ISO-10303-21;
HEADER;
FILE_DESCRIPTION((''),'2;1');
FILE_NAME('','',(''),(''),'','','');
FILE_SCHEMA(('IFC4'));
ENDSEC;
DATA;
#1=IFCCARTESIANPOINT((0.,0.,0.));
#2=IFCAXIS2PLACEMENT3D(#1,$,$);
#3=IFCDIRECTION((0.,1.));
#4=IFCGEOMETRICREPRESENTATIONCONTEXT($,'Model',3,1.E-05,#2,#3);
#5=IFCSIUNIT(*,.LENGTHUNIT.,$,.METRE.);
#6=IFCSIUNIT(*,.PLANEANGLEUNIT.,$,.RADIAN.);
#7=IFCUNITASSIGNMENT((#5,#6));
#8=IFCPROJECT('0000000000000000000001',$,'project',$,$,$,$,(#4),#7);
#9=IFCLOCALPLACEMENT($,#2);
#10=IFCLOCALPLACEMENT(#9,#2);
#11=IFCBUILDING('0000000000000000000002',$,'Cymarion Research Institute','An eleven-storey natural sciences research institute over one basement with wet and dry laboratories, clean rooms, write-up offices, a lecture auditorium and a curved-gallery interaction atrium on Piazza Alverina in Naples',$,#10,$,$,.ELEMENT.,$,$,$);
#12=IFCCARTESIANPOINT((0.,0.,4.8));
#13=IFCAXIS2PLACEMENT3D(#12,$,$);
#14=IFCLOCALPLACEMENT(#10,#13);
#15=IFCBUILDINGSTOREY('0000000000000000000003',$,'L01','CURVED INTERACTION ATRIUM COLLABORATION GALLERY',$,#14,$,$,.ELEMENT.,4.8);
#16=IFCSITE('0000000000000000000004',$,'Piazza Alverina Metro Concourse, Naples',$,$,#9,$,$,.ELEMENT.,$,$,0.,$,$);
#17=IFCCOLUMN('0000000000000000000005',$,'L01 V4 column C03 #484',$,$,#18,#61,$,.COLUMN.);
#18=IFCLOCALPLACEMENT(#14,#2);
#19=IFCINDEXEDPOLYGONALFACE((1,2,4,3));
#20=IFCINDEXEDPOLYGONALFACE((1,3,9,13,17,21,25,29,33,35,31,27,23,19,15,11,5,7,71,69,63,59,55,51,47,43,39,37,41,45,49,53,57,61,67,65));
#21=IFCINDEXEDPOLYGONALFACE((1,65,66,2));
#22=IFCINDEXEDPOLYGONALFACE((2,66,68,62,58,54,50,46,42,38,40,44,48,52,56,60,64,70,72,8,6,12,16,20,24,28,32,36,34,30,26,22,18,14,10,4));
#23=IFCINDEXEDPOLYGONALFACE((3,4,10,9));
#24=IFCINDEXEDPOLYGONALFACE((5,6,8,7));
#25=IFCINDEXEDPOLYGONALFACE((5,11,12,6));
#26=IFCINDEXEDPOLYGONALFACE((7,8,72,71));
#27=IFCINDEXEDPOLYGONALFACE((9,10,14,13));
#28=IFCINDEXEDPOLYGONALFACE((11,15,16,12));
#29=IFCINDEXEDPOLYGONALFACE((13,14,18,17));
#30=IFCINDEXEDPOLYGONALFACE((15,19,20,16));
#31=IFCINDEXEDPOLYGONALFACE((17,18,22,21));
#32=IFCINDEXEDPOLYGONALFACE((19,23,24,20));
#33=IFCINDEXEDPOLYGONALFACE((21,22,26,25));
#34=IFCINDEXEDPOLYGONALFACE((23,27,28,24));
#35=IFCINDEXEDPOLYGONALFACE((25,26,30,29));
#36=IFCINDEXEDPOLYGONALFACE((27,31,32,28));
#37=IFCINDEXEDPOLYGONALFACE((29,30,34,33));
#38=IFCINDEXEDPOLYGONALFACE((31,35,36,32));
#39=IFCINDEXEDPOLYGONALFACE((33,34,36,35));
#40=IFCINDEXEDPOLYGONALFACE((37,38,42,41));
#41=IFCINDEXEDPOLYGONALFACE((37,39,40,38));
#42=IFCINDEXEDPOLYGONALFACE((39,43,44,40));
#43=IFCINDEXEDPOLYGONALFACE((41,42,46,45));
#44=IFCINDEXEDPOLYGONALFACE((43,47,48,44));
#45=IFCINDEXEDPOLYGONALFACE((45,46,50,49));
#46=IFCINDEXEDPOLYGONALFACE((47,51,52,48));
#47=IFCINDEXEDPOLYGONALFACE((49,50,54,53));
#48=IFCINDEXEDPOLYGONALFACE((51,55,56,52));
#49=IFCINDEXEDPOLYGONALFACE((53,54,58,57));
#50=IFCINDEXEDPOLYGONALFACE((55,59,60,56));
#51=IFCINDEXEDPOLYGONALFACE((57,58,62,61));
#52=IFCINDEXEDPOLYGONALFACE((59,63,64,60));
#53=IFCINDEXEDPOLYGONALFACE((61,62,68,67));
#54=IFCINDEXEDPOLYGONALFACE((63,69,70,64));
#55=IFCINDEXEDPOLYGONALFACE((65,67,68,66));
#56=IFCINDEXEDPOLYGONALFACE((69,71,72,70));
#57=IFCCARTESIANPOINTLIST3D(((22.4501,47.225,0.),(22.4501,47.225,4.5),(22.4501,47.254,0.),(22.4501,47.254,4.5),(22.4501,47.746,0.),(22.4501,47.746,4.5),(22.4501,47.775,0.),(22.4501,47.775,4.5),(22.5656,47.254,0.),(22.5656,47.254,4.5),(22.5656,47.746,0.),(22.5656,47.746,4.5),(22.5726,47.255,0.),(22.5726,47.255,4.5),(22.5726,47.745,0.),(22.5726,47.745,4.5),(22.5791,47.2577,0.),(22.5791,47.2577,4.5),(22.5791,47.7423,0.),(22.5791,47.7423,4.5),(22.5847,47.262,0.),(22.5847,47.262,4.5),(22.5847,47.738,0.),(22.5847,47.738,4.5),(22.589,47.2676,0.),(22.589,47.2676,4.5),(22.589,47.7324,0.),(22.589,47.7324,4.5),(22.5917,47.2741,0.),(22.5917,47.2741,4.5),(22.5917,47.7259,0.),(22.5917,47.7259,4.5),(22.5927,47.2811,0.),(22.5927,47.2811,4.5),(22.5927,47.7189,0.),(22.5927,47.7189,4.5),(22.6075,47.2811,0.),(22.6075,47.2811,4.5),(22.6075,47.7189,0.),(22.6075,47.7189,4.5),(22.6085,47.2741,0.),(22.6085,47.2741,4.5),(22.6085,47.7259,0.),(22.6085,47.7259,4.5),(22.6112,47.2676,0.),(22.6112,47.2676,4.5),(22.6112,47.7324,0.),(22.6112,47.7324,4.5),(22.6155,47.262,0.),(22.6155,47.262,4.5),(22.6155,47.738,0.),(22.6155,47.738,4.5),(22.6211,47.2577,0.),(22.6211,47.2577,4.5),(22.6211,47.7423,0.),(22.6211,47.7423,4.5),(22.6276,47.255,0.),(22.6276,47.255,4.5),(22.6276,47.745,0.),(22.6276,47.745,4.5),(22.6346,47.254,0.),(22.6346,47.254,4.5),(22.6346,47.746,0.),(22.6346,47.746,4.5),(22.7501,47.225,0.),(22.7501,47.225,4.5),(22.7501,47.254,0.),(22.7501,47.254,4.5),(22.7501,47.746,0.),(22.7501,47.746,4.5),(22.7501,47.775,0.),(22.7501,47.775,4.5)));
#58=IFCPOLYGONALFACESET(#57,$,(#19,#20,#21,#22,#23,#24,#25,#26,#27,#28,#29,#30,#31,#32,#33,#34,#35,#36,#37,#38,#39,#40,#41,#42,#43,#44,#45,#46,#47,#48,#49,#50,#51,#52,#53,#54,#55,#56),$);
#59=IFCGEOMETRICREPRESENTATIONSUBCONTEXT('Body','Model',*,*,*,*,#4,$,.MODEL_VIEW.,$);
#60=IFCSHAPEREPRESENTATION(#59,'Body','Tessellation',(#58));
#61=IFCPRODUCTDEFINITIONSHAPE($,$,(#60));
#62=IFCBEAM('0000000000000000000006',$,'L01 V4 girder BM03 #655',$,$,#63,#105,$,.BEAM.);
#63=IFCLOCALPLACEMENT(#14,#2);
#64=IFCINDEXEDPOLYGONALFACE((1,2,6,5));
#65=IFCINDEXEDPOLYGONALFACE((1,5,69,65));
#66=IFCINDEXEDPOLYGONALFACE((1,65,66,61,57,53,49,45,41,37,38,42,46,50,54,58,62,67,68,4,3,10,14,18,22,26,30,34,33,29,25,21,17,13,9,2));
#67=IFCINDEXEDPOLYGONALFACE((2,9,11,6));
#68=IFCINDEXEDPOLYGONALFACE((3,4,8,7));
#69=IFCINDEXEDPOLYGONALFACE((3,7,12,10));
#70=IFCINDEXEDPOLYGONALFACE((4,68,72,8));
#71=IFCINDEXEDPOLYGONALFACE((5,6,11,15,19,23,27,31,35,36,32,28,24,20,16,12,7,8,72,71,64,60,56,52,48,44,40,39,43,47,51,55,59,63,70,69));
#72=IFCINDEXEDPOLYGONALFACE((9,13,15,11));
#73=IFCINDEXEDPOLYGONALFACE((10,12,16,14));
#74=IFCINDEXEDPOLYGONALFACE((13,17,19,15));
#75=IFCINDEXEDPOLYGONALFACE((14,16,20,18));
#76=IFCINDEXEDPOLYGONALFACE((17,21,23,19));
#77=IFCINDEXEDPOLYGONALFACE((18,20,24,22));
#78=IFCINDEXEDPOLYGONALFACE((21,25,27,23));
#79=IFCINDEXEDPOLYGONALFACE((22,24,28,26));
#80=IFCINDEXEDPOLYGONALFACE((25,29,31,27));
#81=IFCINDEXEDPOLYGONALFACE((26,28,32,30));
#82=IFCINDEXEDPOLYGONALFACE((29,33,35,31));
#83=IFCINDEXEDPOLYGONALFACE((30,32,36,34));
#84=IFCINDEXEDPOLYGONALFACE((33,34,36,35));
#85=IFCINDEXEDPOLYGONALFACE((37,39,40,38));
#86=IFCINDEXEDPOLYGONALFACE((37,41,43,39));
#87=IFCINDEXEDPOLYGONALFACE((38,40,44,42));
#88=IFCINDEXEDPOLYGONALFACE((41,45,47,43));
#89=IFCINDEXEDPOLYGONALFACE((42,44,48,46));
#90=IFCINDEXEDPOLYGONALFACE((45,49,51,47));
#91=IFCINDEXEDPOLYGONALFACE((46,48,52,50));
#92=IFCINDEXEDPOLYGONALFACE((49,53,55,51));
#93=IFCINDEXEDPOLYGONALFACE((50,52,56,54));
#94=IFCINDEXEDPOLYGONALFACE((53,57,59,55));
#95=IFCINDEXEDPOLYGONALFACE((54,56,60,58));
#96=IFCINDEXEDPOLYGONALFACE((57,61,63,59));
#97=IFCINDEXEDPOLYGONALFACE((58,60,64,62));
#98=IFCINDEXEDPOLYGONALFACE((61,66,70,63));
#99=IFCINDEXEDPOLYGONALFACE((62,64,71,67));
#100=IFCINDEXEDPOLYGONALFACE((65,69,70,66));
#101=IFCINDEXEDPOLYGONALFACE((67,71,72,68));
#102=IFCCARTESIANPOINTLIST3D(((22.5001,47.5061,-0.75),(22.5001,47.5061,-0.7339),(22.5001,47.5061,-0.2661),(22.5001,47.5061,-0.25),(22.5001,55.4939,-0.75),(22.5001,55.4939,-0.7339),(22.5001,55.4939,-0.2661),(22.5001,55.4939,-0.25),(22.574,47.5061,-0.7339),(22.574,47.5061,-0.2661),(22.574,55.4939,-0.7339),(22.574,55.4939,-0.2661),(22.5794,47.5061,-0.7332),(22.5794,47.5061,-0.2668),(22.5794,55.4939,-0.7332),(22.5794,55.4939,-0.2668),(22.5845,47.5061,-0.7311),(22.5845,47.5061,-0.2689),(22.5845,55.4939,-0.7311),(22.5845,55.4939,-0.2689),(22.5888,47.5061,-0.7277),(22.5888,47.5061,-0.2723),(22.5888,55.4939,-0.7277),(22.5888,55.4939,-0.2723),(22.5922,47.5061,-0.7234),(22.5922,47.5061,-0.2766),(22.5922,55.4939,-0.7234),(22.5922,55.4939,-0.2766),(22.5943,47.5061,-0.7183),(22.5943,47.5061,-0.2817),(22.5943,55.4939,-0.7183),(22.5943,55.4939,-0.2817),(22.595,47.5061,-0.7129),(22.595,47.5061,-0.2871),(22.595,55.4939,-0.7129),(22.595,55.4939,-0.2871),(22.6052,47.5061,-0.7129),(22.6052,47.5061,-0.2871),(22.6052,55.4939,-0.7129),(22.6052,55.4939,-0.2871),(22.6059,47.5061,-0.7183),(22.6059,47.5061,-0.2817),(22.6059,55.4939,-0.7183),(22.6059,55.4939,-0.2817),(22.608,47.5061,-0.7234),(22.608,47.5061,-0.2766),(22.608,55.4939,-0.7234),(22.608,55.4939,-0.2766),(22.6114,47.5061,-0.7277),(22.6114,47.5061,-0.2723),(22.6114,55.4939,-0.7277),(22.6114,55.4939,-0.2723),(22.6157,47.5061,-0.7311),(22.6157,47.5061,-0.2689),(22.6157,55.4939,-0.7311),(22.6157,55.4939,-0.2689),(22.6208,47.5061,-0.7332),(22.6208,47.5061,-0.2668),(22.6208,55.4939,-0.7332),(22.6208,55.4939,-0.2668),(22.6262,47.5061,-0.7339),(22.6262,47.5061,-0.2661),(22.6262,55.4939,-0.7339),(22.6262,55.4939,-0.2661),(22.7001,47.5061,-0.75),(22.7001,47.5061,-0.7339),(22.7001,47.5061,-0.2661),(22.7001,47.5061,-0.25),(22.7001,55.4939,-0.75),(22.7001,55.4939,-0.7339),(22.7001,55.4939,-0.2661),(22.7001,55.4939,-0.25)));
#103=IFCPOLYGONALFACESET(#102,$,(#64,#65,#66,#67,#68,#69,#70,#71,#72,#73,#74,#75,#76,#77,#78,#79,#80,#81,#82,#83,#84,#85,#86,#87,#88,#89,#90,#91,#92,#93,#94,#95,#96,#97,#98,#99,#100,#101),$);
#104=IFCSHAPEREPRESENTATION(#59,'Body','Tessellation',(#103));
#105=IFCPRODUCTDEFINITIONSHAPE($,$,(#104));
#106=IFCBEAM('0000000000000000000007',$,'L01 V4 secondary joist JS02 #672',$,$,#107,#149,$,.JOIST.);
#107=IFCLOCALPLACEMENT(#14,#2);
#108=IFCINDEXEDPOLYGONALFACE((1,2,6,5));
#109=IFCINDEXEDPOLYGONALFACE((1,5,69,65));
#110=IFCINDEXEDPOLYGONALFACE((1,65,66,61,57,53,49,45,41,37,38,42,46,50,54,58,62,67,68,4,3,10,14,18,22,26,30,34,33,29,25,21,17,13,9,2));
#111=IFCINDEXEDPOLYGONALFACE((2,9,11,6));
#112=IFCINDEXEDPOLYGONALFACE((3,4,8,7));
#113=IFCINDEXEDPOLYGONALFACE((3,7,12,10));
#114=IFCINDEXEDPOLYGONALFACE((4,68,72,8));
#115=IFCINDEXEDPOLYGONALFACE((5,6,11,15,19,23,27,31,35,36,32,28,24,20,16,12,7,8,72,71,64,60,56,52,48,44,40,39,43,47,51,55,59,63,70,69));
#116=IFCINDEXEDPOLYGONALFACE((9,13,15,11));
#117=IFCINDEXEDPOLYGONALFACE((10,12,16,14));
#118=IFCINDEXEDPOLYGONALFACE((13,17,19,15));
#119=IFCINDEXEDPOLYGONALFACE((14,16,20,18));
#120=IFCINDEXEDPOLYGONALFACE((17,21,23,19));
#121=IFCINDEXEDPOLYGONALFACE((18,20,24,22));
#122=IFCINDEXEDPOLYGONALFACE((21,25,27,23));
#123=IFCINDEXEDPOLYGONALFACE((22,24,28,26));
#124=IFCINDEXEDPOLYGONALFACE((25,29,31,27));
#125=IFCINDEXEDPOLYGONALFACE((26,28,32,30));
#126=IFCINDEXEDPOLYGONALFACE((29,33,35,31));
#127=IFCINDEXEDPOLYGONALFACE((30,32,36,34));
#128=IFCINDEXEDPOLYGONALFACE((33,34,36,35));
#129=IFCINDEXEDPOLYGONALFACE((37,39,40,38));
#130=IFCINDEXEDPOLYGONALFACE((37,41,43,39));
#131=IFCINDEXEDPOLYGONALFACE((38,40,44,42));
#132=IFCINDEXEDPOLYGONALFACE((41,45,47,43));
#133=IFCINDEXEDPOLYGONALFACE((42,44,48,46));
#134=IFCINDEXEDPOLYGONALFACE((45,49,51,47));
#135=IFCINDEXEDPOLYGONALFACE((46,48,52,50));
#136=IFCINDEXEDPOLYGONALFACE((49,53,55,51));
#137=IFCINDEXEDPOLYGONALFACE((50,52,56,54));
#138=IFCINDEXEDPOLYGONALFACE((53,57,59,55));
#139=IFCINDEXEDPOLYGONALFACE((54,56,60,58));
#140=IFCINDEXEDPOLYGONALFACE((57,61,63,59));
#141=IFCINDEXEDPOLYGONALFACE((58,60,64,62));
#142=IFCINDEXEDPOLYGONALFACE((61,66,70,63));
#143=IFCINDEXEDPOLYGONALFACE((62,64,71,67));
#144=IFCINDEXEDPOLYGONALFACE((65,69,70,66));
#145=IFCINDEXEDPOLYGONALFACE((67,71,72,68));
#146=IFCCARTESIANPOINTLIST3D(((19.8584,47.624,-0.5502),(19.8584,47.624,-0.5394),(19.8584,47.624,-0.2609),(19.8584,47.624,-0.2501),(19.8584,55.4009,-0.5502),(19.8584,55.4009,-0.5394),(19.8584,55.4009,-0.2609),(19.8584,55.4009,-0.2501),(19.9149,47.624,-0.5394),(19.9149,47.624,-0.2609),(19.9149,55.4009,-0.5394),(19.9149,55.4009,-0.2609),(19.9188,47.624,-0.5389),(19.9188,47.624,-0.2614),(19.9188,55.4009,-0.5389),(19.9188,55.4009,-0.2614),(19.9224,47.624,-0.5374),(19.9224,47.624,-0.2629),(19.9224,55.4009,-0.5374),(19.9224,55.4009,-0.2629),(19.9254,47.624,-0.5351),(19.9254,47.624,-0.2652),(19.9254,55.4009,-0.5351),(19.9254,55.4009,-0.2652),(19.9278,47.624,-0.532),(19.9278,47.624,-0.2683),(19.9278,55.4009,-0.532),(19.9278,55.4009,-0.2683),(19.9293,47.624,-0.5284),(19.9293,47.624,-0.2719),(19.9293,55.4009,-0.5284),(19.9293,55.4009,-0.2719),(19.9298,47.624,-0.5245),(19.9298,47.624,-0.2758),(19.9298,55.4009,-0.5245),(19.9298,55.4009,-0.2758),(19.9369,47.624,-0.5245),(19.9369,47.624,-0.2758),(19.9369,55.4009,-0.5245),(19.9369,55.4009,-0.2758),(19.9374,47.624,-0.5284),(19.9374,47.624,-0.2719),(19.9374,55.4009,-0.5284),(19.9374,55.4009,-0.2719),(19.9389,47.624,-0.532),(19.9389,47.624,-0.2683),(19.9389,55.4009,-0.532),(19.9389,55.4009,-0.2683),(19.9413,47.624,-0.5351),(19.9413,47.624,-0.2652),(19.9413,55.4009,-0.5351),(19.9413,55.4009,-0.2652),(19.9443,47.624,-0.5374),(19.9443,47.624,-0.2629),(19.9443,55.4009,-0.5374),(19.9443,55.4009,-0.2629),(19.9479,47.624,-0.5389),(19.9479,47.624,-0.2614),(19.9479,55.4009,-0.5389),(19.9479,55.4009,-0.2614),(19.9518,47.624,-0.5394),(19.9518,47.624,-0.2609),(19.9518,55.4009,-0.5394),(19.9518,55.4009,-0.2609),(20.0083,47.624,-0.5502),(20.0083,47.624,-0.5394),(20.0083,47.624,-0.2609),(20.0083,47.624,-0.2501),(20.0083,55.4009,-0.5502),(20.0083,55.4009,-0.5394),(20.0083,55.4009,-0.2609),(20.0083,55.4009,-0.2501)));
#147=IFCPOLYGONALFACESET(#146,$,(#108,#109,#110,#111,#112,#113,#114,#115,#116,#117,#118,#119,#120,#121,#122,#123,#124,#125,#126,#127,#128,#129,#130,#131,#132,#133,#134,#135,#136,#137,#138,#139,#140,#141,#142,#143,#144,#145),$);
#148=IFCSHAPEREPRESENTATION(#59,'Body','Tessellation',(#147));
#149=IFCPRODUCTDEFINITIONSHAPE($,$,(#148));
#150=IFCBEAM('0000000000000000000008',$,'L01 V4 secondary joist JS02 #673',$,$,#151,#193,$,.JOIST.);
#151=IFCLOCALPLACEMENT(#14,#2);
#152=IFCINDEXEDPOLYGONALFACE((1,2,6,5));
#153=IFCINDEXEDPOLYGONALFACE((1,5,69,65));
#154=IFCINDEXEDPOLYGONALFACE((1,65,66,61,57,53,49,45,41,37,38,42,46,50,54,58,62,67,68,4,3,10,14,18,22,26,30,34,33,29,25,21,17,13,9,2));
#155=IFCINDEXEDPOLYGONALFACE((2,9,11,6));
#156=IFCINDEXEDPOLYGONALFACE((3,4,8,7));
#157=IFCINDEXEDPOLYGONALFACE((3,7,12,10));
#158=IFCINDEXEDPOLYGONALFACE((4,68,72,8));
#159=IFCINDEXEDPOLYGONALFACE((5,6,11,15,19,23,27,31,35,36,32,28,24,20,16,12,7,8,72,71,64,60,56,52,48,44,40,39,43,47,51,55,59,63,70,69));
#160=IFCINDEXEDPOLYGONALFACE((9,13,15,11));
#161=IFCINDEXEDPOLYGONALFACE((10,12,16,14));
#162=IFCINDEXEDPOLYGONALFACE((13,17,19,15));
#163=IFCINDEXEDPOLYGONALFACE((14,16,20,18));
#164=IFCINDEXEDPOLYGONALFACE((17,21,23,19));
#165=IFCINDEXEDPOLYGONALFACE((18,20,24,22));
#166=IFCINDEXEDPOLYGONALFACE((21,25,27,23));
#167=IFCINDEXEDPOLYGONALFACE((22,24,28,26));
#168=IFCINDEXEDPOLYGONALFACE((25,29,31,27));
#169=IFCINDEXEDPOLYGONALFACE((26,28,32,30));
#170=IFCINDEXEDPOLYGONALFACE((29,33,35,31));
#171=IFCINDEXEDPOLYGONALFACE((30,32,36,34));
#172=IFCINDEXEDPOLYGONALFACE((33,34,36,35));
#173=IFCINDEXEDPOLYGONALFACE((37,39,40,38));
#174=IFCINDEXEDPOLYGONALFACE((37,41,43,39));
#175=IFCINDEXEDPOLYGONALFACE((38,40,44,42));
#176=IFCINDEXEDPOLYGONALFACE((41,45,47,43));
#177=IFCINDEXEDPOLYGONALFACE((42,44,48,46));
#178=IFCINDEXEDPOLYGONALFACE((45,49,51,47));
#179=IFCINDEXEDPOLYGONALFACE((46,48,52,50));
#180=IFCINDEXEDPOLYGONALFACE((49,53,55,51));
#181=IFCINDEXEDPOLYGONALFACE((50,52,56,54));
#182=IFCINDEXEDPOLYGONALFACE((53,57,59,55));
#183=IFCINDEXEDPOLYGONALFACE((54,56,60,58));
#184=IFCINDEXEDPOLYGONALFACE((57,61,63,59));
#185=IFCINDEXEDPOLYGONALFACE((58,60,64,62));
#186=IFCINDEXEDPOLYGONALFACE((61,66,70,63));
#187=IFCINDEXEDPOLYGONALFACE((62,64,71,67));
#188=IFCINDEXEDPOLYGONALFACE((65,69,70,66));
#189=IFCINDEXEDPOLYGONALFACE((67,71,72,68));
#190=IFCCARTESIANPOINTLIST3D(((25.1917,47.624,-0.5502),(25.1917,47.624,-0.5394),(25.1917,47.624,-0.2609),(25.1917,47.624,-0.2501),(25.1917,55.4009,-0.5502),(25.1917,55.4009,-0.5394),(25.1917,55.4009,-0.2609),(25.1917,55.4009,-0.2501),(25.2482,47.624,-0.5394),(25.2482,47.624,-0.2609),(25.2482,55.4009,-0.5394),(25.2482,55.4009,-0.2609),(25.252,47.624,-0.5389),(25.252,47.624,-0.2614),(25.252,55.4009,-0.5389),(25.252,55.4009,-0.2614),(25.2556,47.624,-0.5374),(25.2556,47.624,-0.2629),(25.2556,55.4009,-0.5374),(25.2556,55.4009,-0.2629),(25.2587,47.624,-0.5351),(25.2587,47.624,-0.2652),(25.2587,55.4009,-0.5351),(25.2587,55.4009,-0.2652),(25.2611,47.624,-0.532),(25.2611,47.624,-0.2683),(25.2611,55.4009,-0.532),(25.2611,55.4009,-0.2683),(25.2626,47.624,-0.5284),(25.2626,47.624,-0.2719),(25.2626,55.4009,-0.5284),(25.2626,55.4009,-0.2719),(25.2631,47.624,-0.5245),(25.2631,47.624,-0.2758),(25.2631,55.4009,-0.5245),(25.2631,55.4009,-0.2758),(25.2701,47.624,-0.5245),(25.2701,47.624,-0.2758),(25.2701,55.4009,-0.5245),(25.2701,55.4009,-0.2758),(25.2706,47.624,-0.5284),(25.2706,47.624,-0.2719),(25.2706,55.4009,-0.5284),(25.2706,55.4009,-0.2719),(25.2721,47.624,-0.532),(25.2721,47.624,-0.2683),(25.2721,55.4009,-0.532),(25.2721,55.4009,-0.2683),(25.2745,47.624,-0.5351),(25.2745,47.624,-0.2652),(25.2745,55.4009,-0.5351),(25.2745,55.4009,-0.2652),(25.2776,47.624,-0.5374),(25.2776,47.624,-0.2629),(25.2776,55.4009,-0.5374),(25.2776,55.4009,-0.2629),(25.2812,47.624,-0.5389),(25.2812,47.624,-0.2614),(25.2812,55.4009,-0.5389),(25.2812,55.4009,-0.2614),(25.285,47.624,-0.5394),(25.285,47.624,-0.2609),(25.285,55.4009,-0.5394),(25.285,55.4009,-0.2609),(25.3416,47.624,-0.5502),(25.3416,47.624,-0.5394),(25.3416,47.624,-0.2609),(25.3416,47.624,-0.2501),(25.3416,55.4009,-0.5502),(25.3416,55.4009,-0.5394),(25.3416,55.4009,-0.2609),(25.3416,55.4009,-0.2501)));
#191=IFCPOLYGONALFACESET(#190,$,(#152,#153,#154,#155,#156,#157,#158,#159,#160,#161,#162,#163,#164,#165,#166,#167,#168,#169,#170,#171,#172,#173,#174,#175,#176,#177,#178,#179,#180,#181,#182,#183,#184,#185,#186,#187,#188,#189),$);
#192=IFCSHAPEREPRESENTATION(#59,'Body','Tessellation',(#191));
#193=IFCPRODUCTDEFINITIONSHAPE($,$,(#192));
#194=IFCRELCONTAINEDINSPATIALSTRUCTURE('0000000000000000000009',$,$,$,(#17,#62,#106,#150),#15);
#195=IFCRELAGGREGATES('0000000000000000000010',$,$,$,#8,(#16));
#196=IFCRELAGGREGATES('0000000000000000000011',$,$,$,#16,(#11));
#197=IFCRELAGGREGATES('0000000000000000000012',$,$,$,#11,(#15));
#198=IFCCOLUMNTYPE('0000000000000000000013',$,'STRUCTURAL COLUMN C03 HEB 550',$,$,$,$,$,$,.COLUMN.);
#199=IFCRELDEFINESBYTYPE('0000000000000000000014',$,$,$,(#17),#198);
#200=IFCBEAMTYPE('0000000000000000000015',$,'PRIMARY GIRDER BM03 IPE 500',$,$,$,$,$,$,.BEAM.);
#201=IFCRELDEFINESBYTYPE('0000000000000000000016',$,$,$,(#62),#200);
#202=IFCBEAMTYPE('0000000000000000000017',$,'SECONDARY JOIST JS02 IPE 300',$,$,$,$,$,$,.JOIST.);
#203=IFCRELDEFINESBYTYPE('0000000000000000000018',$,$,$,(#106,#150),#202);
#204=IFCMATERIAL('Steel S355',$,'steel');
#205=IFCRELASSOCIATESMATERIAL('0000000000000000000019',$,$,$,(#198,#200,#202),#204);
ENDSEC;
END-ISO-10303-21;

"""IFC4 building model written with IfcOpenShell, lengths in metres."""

from ifc_helpers import new_model, si_unit, direction, frame, origin, origin_2d, place, context, subcontext, project, spatial, i_section, extrude, material, material_profile, profile_set, type_object, element, save


model = new_model("IFC4")

# Units and contexts
model_context = context("Model", 3, precision=1e-05, world=origin(), true_north=direction((0.0, 1.0)))
body_context = subcontext(model_context, "Body", "Model", "MODEL_VIEW")
ifc_project = project(units=[si_unit("LENGTHUNIT", "METRE"), si_unit("PLANEANGLEUNIT", "RADIAN")], contexts=[model_context])

# Site, building, storey
site_placement = place(None, origin())
site = spatial("IfcSite", under=ifc_project, at=site_placement, Name="Piazza Alverina Metro Concourse, Naples", CompositionType="ELEMENT", RefElevation=0.0)
building_placement = place(site_placement, origin())
building = spatial("IfcBuilding", under=site, at=building_placement, Name="Cymarion Research Institute", Description="An eleven-storey natural sciences research institute over one basement with wet and dry laboratories, clean rooms, write-up offices, a lecture auditorium and a curved-gallery interaction atrium on Piazza Alverina in Naples", CompositionType="ELEMENT")
storey_placement = place(building_placement, frame((0.0, 0.0, 4.8)))
storey = spatial("IfcBuildingStorey", under=building, at=storey_placement, Name="L01", Description="CURVED INTERACTION ATRIUM COLLABORATION GALLERY", CompositionType="ELEMENT", Elevation=4.8)

# Column
ifc_material_1 = material(Name="Steel S355", Category="steel")
ifc_material_profile_1 = material_profile(ifc_material_1, i_section(OverallWidth=0.3, OverallDepth=0.55, WebThickness=0.0149, FlangeThickness=0.0291, FilletRadius=0.0271, at=origin_2d()), Name="HEB 550")
ifc_profile_set_1 = profile_set([ifc_material_profile_1], Name="Steel S355")
column_type = type_object("IfcColumnType", Name="STRUCTURAL COLUMN C03 HEB 550", PredefinedType="COLUMN", material=ifc_profile_set_1)
column_placement = place(storey_placement, frame((22.6001, 47.5, 0.0), z_axis=(0.0, 0.0, 1.0), x_axis=(1.0, 0.0, 0.0)))
element("IfcColumn", 1, at=column_placement, inside=storey, type_object=column_type, Name="L01 V4 column C03 #484", PredefinedType="COLUMN", context=body_context, shape_type="SweptSolid", body=[
    extrude(i_section(OverallWidth=0.3, OverallDepth=0.55, WebThickness=0.0149, FlangeThickness=0.0291, FilletRadius=0.0271, at=origin_2d()), origin(), (0.0, 0.0, 1.0), 4.5),
])

# Beams
ifc_material_profile_2 = material_profile(ifc_material_1, i_section(OverallWidth=0.2, OverallDepth=0.5, WebThickness=0.0103, FlangeThickness=0.0161, FilletRadius=0.021, at=origin_2d()), Name="IPE 500")
ifc_profile_set_2 = profile_set([ifc_material_profile_2], Name="Steel S355")
beam_type_1 = type_object("IfcBeamType", Name="PRIMARY GIRDER BM03 IPE 500", PredefinedType="BEAM", material=ifc_profile_set_2)
beam_1_placement = place(storey_placement, frame((22.6001, 47.5061, -0.5), z_axis=(0.0, 1.0, 0.0), x_axis=(-1.0, 0.0, 0.0)))
element("IfcBeam", 2, at=beam_1_placement, inside=storey, type_object=beam_type_1, Name="L01 V4 girder BM03 #655", PredefinedType="BEAM", context=body_context, shape_type="SweptSolid", body=[
    extrude(i_section(OverallWidth=0.2, OverallDepth=0.5, WebThickness=0.0103, FlangeThickness=0.0161, FilletRadius=0.021, at=origin_2d()), origin(), (0.0, 0.0, 1.0), 7.9878),
])
ifc_material_profile_3 = material_profile(ifc_material_1, i_section(OverallWidth=0.1499, OverallDepth=0.3, WebThickness=0.0071, FlangeThickness=0.0107, FilletRadius=0.0149, at=origin_2d()), Name="IPE 300")
ifc_profile_set_3 = profile_set([ifc_material_profile_3], Name="Steel S355")
beam_type_2 = type_object("IfcBeamType", Name="SECONDARY JOIST JS02 IPE 300", PredefinedType="JOIST", material=ifc_profile_set_3)
for number, where, z_axis, x_axis, name in (
    (3, (19.9333, 47.624, -0.4001), (0.0, 1.0, 0.0), (-1.0, 0.0, 0.0), "L01 V4 secondary joist JS02 #672"),
    (4, (25.2666, 47.624, -0.4001), (0.0, 1.0, 0.0), (-1.0, 0.0, 0.0), "L01 V4 secondary joist JS02 #673"),
):
    element("IfcBeam", number, at=place(storey_placement, frame(where, z_axis=z_axis, x_axis=x_axis)), inside=storey, type_object=beam_type_2, Name=name, PredefinedType="JOIST", context=body_context, shape_type="SweptSolid", body=[
        extrude(i_section(OverallWidth=0.1499, OverallDepth=0.3, WebThickness=0.0071, FlangeThickness=0.0107, FilletRadius=0.0149, at=origin_2d()), origin(), (0.0, 0.0, 1.0), 7.7769),
    ])

save(model, "model.ifc")
